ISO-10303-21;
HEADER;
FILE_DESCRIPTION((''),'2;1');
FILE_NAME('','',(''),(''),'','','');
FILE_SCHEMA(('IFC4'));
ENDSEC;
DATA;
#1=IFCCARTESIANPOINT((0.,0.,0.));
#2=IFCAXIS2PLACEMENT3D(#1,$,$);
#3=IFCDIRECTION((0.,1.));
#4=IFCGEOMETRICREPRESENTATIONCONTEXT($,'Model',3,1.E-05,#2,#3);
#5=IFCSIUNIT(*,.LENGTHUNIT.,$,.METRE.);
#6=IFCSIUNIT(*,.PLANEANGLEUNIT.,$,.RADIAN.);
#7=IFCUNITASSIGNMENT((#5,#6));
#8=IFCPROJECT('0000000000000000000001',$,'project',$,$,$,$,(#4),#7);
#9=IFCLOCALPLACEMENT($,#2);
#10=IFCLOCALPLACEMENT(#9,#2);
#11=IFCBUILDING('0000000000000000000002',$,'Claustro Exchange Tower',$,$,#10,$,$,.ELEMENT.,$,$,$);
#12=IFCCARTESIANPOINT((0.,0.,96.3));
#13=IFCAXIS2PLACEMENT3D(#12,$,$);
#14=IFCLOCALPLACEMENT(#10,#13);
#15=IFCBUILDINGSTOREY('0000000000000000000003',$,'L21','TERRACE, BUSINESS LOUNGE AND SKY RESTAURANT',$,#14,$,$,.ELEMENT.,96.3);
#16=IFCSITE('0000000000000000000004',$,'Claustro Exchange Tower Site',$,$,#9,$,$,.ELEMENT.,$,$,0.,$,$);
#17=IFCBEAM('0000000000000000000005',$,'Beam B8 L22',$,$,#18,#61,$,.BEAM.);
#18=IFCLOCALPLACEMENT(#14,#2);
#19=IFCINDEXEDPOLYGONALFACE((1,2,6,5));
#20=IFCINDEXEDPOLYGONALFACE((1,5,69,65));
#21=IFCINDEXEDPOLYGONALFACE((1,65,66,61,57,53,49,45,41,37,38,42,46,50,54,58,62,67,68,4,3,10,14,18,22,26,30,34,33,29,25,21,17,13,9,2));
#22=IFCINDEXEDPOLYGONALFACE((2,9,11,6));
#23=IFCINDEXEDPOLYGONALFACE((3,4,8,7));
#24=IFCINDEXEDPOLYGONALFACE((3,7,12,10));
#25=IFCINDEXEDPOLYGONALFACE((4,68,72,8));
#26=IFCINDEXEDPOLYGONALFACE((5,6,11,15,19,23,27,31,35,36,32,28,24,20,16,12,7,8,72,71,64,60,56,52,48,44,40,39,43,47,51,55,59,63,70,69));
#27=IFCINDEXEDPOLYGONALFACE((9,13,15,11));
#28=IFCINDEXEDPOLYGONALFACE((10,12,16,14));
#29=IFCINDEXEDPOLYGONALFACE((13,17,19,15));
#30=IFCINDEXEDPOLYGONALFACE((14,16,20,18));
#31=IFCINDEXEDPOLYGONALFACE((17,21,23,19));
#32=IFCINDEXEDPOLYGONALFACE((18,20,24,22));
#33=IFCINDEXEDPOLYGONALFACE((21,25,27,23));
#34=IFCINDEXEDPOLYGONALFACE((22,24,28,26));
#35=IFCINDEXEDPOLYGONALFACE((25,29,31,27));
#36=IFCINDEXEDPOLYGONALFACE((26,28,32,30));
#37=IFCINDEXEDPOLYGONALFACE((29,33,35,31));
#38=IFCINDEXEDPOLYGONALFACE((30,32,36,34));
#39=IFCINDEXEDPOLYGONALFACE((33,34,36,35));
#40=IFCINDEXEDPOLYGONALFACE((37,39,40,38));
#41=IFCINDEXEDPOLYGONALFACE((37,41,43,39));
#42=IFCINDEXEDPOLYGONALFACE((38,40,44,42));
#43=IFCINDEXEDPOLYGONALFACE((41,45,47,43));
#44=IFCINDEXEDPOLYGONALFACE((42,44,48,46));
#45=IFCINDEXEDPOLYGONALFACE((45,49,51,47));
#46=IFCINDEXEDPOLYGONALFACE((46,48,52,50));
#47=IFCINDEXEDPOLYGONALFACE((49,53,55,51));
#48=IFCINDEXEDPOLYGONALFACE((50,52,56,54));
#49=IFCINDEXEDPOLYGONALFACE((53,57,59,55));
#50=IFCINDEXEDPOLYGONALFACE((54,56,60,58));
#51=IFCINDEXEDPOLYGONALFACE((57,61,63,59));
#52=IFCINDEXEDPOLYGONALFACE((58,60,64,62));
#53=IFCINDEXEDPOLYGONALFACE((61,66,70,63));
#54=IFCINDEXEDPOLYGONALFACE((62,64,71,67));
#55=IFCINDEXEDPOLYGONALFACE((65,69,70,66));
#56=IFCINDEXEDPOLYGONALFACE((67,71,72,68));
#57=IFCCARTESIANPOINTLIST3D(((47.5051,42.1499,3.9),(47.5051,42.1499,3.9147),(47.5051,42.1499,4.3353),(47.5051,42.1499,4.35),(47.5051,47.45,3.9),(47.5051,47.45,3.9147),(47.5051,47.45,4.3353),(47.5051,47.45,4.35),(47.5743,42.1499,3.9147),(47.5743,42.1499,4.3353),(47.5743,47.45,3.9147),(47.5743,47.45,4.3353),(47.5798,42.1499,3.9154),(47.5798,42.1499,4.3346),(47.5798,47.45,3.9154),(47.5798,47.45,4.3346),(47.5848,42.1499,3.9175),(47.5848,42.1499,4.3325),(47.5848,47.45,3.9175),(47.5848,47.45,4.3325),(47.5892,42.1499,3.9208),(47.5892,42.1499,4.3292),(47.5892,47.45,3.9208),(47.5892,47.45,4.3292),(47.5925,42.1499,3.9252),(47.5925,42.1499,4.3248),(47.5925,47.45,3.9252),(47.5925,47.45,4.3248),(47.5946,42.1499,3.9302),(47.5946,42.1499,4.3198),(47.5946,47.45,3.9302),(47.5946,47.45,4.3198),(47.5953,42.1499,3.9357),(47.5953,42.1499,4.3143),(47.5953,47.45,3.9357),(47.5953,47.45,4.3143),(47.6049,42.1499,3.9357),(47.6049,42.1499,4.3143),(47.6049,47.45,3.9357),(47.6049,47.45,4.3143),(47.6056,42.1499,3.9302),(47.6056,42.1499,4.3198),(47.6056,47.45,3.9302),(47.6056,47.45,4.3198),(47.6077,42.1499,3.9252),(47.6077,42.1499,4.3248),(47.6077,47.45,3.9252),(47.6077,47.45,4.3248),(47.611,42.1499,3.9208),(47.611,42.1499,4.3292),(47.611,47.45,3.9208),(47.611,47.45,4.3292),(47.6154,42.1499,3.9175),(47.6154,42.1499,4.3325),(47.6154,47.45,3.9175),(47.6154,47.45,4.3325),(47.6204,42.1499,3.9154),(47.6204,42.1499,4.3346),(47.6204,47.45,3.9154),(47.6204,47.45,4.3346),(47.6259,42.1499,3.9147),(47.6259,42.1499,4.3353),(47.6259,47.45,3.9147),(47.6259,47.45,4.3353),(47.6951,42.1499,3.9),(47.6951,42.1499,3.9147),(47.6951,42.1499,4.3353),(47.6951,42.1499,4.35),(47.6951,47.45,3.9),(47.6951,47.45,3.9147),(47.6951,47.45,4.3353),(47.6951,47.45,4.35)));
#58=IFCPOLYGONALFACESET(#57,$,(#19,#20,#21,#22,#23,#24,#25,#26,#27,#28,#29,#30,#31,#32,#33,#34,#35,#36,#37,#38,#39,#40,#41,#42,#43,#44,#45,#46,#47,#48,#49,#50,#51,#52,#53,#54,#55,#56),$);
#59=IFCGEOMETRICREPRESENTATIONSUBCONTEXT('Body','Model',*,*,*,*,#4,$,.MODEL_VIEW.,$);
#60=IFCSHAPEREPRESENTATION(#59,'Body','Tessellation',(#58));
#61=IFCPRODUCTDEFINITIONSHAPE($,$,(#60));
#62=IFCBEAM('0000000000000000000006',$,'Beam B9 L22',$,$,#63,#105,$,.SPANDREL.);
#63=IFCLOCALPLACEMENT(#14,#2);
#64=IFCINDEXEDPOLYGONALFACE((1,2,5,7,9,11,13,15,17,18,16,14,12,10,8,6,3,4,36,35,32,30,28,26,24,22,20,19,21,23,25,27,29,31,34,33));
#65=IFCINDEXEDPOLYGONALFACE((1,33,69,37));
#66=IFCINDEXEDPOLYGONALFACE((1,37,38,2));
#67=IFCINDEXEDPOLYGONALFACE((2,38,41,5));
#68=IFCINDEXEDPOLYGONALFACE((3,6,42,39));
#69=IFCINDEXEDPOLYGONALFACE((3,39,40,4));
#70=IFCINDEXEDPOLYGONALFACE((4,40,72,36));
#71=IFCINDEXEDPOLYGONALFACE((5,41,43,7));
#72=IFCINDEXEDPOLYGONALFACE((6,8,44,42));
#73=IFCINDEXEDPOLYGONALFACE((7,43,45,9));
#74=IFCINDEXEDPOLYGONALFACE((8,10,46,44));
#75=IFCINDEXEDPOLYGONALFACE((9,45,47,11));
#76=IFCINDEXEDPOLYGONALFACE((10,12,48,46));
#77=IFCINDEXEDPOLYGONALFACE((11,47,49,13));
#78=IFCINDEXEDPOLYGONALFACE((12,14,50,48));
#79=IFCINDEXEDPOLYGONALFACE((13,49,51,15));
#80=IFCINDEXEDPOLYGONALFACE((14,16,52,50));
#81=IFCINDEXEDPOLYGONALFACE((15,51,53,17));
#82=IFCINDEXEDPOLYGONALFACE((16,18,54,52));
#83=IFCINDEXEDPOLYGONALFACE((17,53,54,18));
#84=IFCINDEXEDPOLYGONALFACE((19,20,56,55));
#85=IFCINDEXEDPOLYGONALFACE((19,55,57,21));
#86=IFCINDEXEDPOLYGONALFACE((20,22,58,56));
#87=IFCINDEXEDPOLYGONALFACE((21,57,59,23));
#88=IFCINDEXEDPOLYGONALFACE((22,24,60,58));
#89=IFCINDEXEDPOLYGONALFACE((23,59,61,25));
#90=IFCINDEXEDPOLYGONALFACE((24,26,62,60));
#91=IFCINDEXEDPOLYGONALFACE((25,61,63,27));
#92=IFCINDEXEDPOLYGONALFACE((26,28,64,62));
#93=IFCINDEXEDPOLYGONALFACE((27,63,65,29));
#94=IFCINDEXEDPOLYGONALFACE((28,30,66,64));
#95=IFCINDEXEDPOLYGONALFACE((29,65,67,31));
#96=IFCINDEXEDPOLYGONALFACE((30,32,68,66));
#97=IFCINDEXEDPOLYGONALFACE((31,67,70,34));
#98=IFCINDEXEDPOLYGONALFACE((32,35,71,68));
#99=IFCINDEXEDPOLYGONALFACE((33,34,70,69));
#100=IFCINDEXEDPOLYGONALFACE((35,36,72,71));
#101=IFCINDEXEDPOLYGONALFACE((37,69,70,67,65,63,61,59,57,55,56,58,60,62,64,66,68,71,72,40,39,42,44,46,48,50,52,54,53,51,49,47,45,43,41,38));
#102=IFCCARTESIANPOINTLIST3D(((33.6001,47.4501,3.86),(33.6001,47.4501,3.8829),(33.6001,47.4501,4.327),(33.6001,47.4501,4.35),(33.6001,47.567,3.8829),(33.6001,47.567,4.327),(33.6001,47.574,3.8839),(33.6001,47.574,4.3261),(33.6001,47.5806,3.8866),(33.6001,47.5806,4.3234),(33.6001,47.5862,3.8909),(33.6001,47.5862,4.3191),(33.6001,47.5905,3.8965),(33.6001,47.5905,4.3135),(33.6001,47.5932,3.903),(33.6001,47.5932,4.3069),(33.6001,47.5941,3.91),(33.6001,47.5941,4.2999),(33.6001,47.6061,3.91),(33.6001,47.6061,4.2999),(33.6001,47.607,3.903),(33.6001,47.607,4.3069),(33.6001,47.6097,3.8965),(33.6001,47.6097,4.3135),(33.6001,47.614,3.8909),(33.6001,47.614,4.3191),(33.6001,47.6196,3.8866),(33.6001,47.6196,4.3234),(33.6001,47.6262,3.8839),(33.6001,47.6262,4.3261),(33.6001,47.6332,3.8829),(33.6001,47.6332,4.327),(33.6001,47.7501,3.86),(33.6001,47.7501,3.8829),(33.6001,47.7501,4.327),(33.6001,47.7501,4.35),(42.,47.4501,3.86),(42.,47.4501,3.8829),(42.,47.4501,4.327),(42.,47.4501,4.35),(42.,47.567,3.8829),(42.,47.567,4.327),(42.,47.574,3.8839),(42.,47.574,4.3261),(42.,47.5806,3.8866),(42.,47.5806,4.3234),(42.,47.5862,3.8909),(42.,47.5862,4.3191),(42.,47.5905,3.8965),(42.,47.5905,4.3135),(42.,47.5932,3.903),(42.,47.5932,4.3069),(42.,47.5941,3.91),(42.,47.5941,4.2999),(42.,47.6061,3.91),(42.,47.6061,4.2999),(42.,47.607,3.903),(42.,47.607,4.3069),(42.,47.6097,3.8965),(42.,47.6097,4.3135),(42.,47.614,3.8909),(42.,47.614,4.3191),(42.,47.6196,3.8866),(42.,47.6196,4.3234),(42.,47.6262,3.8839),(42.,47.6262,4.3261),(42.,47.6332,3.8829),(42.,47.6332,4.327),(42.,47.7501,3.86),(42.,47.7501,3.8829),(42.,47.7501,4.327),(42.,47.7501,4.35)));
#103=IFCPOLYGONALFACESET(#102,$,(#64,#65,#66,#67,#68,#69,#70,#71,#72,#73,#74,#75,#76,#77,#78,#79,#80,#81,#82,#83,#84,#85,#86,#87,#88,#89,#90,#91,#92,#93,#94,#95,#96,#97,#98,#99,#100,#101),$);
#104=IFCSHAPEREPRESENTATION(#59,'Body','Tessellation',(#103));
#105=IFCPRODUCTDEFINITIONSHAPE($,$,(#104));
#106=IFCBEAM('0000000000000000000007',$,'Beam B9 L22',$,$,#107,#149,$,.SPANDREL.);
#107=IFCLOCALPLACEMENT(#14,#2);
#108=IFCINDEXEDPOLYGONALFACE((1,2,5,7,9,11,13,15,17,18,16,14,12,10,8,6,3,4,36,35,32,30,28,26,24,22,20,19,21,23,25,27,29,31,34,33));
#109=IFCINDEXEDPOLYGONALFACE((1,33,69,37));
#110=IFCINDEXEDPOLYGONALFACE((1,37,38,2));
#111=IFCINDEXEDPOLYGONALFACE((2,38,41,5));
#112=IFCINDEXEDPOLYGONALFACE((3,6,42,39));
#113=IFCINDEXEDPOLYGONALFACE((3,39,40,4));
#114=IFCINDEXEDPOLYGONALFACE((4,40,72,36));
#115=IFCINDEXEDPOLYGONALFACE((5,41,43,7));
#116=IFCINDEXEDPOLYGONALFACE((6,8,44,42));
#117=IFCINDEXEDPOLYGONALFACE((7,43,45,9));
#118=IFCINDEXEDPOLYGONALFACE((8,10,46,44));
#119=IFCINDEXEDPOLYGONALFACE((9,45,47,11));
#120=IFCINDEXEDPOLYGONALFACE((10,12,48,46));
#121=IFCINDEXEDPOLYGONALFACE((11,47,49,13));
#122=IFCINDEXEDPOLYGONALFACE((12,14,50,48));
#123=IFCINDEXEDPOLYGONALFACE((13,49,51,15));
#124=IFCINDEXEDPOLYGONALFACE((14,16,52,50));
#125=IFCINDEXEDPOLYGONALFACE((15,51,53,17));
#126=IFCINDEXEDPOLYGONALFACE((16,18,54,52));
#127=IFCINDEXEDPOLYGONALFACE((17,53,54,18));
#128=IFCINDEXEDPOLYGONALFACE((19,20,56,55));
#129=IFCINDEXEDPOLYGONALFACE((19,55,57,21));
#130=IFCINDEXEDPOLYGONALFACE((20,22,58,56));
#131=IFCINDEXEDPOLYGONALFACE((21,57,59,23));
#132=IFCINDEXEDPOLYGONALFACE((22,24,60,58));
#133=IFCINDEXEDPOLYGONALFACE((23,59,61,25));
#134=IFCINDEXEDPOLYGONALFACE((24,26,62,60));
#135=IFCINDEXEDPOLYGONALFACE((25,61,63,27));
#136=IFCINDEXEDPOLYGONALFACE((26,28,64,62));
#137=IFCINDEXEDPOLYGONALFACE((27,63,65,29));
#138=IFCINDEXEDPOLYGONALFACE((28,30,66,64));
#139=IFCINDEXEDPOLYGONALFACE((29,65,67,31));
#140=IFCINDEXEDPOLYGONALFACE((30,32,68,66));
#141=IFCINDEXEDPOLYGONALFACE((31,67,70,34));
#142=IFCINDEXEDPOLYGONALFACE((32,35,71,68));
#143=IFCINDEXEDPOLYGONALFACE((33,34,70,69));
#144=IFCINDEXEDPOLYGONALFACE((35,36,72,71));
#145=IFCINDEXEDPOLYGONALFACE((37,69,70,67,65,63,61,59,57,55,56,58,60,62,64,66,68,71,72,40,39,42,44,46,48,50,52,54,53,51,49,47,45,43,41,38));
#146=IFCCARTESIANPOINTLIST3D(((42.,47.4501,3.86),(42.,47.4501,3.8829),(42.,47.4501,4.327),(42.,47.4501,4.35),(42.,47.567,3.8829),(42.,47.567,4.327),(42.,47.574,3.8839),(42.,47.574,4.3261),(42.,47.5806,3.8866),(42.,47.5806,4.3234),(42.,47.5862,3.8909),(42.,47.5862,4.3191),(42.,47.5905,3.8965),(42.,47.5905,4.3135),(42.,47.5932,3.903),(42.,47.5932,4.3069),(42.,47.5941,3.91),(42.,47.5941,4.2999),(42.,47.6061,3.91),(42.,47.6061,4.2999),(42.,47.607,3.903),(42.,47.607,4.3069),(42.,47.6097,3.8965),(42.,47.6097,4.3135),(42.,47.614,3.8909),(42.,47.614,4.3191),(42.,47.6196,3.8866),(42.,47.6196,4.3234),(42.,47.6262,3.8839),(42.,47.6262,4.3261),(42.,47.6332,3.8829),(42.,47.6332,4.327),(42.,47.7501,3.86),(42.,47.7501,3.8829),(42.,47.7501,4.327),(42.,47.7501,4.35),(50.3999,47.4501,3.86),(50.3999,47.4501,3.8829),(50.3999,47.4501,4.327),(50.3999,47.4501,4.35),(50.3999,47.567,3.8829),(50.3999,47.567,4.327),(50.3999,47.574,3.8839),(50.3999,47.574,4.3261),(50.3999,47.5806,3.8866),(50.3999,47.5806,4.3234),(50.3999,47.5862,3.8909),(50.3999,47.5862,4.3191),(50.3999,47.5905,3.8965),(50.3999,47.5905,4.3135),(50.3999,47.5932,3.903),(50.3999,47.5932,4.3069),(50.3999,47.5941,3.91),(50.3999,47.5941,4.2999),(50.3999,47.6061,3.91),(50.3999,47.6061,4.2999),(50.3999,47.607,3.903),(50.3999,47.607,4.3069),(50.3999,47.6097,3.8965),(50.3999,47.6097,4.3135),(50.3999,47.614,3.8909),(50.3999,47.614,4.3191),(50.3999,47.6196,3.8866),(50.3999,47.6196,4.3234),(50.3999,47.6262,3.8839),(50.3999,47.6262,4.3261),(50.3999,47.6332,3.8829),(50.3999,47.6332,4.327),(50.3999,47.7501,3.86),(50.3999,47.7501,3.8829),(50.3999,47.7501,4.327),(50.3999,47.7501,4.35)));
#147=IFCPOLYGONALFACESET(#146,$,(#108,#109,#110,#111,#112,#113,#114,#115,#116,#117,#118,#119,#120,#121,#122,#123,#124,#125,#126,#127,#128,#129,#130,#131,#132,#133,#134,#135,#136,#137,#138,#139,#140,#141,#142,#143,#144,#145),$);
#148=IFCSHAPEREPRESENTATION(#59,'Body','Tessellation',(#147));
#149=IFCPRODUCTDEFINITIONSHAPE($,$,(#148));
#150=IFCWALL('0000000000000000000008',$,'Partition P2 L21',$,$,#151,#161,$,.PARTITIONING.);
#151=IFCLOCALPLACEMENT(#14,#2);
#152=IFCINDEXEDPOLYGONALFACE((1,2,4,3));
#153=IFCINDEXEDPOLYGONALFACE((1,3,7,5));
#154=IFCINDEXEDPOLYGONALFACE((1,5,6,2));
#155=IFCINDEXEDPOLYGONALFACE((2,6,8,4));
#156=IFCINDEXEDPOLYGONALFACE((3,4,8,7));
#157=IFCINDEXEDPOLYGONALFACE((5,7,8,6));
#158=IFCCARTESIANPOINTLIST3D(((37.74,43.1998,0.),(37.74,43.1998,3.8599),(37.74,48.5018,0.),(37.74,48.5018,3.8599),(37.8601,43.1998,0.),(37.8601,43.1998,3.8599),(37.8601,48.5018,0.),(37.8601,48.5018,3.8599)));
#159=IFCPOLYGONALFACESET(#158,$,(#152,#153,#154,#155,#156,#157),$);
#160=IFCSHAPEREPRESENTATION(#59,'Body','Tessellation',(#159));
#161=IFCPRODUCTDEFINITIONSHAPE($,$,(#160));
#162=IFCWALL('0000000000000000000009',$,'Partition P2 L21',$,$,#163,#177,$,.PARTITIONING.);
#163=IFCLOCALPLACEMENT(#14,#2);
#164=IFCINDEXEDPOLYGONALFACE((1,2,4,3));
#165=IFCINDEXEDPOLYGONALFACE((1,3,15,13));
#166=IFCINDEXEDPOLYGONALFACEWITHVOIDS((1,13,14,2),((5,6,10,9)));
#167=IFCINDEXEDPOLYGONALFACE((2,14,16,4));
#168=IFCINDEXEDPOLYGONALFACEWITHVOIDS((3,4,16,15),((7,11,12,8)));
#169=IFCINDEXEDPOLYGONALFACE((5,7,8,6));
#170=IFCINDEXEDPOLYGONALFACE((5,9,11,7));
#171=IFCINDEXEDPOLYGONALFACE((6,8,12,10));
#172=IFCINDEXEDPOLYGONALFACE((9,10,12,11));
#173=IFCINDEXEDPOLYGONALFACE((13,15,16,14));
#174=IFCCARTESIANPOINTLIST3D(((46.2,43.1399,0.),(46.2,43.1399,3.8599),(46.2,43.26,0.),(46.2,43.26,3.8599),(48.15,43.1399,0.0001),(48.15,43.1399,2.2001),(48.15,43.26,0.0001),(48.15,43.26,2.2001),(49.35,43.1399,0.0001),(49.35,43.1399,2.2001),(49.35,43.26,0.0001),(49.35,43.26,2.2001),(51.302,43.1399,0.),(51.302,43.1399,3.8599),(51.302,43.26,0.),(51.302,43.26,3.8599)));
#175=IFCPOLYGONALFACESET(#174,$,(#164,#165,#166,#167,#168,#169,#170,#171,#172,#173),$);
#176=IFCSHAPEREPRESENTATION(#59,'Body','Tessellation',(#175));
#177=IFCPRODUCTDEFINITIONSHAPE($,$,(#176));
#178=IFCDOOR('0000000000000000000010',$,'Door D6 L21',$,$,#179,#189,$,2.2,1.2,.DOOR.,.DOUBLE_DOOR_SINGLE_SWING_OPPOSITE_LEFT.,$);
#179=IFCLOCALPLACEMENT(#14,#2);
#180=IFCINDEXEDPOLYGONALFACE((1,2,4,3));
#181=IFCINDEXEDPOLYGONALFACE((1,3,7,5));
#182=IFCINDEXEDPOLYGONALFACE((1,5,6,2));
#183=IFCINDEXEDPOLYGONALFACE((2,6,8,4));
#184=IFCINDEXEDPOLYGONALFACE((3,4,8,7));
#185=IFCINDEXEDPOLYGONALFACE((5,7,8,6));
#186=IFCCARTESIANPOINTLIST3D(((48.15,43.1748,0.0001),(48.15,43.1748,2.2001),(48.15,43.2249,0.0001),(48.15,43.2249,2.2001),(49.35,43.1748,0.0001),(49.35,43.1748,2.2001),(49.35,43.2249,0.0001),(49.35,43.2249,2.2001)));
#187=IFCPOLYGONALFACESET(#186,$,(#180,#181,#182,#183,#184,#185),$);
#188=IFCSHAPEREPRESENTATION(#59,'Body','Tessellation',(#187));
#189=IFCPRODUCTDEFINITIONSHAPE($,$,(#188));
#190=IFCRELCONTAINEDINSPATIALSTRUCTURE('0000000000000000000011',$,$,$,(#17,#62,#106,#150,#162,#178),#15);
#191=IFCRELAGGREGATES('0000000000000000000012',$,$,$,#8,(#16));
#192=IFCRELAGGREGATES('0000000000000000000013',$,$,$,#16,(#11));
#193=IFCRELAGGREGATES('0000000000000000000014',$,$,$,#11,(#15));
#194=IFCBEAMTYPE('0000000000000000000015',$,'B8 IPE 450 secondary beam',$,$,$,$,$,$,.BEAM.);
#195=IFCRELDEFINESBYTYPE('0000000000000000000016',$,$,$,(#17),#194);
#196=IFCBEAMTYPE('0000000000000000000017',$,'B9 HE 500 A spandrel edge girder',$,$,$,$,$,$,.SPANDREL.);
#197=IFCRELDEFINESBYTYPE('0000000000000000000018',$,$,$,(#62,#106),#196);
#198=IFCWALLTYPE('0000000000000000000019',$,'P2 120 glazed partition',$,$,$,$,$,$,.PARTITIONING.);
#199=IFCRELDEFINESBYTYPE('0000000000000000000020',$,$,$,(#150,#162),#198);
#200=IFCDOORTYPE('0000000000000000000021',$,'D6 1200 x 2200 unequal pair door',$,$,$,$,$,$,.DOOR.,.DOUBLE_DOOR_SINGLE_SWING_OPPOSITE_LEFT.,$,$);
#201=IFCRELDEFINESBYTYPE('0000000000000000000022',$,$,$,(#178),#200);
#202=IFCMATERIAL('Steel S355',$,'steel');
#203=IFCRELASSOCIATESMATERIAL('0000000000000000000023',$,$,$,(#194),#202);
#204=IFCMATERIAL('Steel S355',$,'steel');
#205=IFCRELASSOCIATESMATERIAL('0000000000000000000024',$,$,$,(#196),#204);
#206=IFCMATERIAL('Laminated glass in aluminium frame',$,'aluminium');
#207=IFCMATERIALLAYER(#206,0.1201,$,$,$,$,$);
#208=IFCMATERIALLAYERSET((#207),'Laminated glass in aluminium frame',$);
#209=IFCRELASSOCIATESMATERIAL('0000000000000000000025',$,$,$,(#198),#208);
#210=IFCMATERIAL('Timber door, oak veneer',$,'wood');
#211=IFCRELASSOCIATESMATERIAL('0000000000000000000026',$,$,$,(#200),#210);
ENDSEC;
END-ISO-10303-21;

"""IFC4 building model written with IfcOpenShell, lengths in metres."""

from ifc_helpers import new_model, si_unit, direction, frame, frame_2d, origin, origin_2d, place, context, subcontext, project, spatial, rectangle, i_section, extrude, material, layer, layer_set, material_profile, profile_set, type_object, element, fill, save


model = new_model("IFC4")

# Units and contexts
model_context = context("Model", 3, precision=1e-05, world=origin(), true_north=direction((0.0, 1.0)))
body_context = subcontext(model_context, "Body", "Model", "MODEL_VIEW")
ifc_project = project(units=[si_unit("LENGTHUNIT", "METRE"), si_unit("PLANEANGLEUNIT", "RADIAN")], contexts=[model_context])

# Site, building, storey
site_placement = place(None, origin())
site = spatial("IfcSite", under=ifc_project, at=site_placement, Name="Claustro Exchange Tower Site", CompositionType="ELEMENT", RefElevation=0.0)
building_placement = place(site_placement, origin())
building = spatial("IfcBuilding", under=site, at=building_placement, Name="Claustro Exchange Tower", CompositionType="ELEMENT")
storey_placement = place(building_placement, frame((0.0, 0.0, 96.3)))
storey = spatial("IfcBuildingStorey", under=building, at=storey_placement, Name="L21", Description="TERRACE, BUSINESS LOUNGE AND SKY RESTAURANT", CompositionType="ELEMENT", Elevation=96.3)

# Beams
ifc_material_1 = material(Name="Steel S355", Category="steel")
ifc_material_profile_1 = material_profile(ifc_material_1, i_section(OverallWidth=0.1899, OverallDepth=0.45, WebThickness=0.0095, FlangeThickness=0.0146, FilletRadius=0.021, at=origin_2d()), Name="IPE 450")
ifc_profile_set_1 = profile_set([ifc_material_profile_1], Name="Steel S355")
beam_type_1 = type_object("IfcBeamType", Name="B8 IPE 450 secondary beam", PredefinedType="BEAM", material=ifc_profile_set_1)
for number, where, z_axis, x_axis, name in (
    (1, (47.6001, 42.1499, 4.125), (0.0, 1.0, 0.0), (-1.0, 0.0, 0.0), "Beam B8 L22"),
):
    element("IfcBeam", number, at=place(storey_placement, frame(where, z_axis=z_axis, x_axis=x_axis)), inside=storey, type_object=beam_type_1, Name=name, PredefinedType="BEAM", context=body_context, shape_type="SweptSolid", body=[
        extrude(i_section(OverallWidth=0.1899, OverallDepth=0.45, WebThickness=0.0095, FlangeThickness=0.0146, FilletRadius=0.021, at=origin_2d()), origin(), (0.0, 0.0, 1.0), 5.3),
    ])
ifc_material_2 = material(Name="Steel S355", Category="steel")
ifc_material_profile_2 = material_profile(ifc_material_2, i_section(OverallWidth=0.3, OverallDepth=0.49, WebThickness=0.012, FlangeThickness=0.0229, FilletRadius=0.0271, at=origin_2d()), Name="HE 500 A")
ifc_profile_set_2 = profile_set([ifc_material_profile_2], Name="Steel S355")
beam_type_2 = type_object("IfcBeamType", Name="B9 HE 500 A spandrel edge girder", PredefinedType="SPANDREL", material=ifc_profile_set_2)
for number, where, z_axis, x_axis, name in (
    (2, (33.6001, 47.6001, 4.105), (1.0, 0.0, 0.0), (0.0, 1.0, 0.0), "Beam B9 L22"),
    (3, (42.0, 47.6001, 4.105), (1.0, 0.0, 0.0), (0.0, 1.0, 0.0), "Beam B9 L22"),
):
    element("IfcBeam", number, at=place(storey_placement, frame(where, z_axis=z_axis, x_axis=x_axis)), inside=storey, type_object=beam_type_2, Name=name, PredefinedType="SPANDREL", context=body_context, shape_type="SweptSolid", body=[
        extrude(i_section(OverallWidth=0.3, OverallDepth=0.49, WebThickness=0.012, FlangeThickness=0.0229, FilletRadius=0.0271, at=origin_2d()), origin(), (0.0, 0.0, 1.0), 8.3999),
    ])

# Wall
ifc_material_3 = material(Name="Laminated glass in aluminium frame", Category="aluminium")
ifc_layer_1 = layer(ifc_material_3, 0.1201)
ifc_layer_set_1 = layer_set([ifc_layer_1], Name="Laminated glass in aluminium frame")
wall_type_1 = type_object("IfcWallType", Name="P2 120 glazed partition", PredefinedType="PARTITIONING", material=ifc_layer_set_1)
wall_1_placement = place(storey_placement, frame((37.8, 43.2, 0.0), z_axis=(0.0, 0.0, 1.0), x_axis=(0.0, 1.0, 0.0)))
element("IfcWall", 4, at=wall_1_placement, inside=storey, type_object=wall_type_1, Name="Partition P2 L21", PredefinedType="PARTITIONING", context=body_context, shape_type="SweptSolid", body=[
    extrude(rectangle(XDim=5.302, YDim=0.1201, at=frame_2d((2.6509, 0.0))), origin(), (0.0, 0.0, 1.0), 3.8599),
])

# Wall, opening, door
wall_2_placement = place(storey_placement, frame((46.2, 43.2, 0.0), z_axis=(0.0, 0.0, 1.0), x_axis=(1.0, 0.0, 0.0)))
wall_2 = element("IfcWall", 5, at=wall_2_placement, inside=storey, type_object=wall_type_1, Name="Partition P2 L21", PredefinedType="PARTITIONING", context=body_context, shape_type="SweptSolid", body=[
    extrude(rectangle(XDim=5.1021, YDim=0.1201, at=frame_2d((2.551, 0.0))), origin(), (0.0, 0.0, 1.0), 3.8599),
])
opening_1_placement = place(wall_2_placement, frame((1.95, 0.0, 0.0)))
opening_1 = element("IfcOpeningElement", 6, at=opening_1_placement, cuts=wall_2, PredefinedType="OPENING", context=body_context, shape_type="SweptSolid", body=[
    extrude(rectangle(XDim=1.2, YDim=2.2, at=frame_2d((0.6001, 1.1001))), frame((0.0, 0.0701, 0.0), z_axis=(0.0, -1.0, 0.0), x_axis=(1.0, 0.0, 0.0)), (0.0, 0.0, 1.0), 0.1401),
])
ifc_material_4 = material(Name="Timber door, oak veneer", Category="wood")
door_type_1 = type_object("IfcDoorType", Name="D6 1200 x 2200 unequal pair door", OperationType="DOUBLE_DOOR_SINGLE_SWING_OPPOSITE_LEFT", PredefinedType="DOOR", material=ifc_material_4)
door_1_placement = place(opening_1_placement, origin())
door_1 = element("IfcDoor", 7, at=door_1_placement, inside=storey, type_object=door_type_1, Name="Door D6 L21", OperationType="DOUBLE_DOOR_SINGLE_SWING_OPPOSITE_LEFT", OverallHeight=2.2, OverallWidth=1.2, PredefinedType="DOOR", context=body_context, shape_type="SweptSolid", body=[
    extrude(rectangle(XDim=1.2, YDim=2.2, at=frame_2d((0.6001, 1.1001))), frame((0.0, 0.0249, 0.0), z_axis=(0.0, -1.0, 0.0), x_axis=(1.0, 0.0, 0.0)), (0.0, 0.0, 1.0), 0.05),
])
fill(opening_1, door_1)

save(model, "model.ifc")
